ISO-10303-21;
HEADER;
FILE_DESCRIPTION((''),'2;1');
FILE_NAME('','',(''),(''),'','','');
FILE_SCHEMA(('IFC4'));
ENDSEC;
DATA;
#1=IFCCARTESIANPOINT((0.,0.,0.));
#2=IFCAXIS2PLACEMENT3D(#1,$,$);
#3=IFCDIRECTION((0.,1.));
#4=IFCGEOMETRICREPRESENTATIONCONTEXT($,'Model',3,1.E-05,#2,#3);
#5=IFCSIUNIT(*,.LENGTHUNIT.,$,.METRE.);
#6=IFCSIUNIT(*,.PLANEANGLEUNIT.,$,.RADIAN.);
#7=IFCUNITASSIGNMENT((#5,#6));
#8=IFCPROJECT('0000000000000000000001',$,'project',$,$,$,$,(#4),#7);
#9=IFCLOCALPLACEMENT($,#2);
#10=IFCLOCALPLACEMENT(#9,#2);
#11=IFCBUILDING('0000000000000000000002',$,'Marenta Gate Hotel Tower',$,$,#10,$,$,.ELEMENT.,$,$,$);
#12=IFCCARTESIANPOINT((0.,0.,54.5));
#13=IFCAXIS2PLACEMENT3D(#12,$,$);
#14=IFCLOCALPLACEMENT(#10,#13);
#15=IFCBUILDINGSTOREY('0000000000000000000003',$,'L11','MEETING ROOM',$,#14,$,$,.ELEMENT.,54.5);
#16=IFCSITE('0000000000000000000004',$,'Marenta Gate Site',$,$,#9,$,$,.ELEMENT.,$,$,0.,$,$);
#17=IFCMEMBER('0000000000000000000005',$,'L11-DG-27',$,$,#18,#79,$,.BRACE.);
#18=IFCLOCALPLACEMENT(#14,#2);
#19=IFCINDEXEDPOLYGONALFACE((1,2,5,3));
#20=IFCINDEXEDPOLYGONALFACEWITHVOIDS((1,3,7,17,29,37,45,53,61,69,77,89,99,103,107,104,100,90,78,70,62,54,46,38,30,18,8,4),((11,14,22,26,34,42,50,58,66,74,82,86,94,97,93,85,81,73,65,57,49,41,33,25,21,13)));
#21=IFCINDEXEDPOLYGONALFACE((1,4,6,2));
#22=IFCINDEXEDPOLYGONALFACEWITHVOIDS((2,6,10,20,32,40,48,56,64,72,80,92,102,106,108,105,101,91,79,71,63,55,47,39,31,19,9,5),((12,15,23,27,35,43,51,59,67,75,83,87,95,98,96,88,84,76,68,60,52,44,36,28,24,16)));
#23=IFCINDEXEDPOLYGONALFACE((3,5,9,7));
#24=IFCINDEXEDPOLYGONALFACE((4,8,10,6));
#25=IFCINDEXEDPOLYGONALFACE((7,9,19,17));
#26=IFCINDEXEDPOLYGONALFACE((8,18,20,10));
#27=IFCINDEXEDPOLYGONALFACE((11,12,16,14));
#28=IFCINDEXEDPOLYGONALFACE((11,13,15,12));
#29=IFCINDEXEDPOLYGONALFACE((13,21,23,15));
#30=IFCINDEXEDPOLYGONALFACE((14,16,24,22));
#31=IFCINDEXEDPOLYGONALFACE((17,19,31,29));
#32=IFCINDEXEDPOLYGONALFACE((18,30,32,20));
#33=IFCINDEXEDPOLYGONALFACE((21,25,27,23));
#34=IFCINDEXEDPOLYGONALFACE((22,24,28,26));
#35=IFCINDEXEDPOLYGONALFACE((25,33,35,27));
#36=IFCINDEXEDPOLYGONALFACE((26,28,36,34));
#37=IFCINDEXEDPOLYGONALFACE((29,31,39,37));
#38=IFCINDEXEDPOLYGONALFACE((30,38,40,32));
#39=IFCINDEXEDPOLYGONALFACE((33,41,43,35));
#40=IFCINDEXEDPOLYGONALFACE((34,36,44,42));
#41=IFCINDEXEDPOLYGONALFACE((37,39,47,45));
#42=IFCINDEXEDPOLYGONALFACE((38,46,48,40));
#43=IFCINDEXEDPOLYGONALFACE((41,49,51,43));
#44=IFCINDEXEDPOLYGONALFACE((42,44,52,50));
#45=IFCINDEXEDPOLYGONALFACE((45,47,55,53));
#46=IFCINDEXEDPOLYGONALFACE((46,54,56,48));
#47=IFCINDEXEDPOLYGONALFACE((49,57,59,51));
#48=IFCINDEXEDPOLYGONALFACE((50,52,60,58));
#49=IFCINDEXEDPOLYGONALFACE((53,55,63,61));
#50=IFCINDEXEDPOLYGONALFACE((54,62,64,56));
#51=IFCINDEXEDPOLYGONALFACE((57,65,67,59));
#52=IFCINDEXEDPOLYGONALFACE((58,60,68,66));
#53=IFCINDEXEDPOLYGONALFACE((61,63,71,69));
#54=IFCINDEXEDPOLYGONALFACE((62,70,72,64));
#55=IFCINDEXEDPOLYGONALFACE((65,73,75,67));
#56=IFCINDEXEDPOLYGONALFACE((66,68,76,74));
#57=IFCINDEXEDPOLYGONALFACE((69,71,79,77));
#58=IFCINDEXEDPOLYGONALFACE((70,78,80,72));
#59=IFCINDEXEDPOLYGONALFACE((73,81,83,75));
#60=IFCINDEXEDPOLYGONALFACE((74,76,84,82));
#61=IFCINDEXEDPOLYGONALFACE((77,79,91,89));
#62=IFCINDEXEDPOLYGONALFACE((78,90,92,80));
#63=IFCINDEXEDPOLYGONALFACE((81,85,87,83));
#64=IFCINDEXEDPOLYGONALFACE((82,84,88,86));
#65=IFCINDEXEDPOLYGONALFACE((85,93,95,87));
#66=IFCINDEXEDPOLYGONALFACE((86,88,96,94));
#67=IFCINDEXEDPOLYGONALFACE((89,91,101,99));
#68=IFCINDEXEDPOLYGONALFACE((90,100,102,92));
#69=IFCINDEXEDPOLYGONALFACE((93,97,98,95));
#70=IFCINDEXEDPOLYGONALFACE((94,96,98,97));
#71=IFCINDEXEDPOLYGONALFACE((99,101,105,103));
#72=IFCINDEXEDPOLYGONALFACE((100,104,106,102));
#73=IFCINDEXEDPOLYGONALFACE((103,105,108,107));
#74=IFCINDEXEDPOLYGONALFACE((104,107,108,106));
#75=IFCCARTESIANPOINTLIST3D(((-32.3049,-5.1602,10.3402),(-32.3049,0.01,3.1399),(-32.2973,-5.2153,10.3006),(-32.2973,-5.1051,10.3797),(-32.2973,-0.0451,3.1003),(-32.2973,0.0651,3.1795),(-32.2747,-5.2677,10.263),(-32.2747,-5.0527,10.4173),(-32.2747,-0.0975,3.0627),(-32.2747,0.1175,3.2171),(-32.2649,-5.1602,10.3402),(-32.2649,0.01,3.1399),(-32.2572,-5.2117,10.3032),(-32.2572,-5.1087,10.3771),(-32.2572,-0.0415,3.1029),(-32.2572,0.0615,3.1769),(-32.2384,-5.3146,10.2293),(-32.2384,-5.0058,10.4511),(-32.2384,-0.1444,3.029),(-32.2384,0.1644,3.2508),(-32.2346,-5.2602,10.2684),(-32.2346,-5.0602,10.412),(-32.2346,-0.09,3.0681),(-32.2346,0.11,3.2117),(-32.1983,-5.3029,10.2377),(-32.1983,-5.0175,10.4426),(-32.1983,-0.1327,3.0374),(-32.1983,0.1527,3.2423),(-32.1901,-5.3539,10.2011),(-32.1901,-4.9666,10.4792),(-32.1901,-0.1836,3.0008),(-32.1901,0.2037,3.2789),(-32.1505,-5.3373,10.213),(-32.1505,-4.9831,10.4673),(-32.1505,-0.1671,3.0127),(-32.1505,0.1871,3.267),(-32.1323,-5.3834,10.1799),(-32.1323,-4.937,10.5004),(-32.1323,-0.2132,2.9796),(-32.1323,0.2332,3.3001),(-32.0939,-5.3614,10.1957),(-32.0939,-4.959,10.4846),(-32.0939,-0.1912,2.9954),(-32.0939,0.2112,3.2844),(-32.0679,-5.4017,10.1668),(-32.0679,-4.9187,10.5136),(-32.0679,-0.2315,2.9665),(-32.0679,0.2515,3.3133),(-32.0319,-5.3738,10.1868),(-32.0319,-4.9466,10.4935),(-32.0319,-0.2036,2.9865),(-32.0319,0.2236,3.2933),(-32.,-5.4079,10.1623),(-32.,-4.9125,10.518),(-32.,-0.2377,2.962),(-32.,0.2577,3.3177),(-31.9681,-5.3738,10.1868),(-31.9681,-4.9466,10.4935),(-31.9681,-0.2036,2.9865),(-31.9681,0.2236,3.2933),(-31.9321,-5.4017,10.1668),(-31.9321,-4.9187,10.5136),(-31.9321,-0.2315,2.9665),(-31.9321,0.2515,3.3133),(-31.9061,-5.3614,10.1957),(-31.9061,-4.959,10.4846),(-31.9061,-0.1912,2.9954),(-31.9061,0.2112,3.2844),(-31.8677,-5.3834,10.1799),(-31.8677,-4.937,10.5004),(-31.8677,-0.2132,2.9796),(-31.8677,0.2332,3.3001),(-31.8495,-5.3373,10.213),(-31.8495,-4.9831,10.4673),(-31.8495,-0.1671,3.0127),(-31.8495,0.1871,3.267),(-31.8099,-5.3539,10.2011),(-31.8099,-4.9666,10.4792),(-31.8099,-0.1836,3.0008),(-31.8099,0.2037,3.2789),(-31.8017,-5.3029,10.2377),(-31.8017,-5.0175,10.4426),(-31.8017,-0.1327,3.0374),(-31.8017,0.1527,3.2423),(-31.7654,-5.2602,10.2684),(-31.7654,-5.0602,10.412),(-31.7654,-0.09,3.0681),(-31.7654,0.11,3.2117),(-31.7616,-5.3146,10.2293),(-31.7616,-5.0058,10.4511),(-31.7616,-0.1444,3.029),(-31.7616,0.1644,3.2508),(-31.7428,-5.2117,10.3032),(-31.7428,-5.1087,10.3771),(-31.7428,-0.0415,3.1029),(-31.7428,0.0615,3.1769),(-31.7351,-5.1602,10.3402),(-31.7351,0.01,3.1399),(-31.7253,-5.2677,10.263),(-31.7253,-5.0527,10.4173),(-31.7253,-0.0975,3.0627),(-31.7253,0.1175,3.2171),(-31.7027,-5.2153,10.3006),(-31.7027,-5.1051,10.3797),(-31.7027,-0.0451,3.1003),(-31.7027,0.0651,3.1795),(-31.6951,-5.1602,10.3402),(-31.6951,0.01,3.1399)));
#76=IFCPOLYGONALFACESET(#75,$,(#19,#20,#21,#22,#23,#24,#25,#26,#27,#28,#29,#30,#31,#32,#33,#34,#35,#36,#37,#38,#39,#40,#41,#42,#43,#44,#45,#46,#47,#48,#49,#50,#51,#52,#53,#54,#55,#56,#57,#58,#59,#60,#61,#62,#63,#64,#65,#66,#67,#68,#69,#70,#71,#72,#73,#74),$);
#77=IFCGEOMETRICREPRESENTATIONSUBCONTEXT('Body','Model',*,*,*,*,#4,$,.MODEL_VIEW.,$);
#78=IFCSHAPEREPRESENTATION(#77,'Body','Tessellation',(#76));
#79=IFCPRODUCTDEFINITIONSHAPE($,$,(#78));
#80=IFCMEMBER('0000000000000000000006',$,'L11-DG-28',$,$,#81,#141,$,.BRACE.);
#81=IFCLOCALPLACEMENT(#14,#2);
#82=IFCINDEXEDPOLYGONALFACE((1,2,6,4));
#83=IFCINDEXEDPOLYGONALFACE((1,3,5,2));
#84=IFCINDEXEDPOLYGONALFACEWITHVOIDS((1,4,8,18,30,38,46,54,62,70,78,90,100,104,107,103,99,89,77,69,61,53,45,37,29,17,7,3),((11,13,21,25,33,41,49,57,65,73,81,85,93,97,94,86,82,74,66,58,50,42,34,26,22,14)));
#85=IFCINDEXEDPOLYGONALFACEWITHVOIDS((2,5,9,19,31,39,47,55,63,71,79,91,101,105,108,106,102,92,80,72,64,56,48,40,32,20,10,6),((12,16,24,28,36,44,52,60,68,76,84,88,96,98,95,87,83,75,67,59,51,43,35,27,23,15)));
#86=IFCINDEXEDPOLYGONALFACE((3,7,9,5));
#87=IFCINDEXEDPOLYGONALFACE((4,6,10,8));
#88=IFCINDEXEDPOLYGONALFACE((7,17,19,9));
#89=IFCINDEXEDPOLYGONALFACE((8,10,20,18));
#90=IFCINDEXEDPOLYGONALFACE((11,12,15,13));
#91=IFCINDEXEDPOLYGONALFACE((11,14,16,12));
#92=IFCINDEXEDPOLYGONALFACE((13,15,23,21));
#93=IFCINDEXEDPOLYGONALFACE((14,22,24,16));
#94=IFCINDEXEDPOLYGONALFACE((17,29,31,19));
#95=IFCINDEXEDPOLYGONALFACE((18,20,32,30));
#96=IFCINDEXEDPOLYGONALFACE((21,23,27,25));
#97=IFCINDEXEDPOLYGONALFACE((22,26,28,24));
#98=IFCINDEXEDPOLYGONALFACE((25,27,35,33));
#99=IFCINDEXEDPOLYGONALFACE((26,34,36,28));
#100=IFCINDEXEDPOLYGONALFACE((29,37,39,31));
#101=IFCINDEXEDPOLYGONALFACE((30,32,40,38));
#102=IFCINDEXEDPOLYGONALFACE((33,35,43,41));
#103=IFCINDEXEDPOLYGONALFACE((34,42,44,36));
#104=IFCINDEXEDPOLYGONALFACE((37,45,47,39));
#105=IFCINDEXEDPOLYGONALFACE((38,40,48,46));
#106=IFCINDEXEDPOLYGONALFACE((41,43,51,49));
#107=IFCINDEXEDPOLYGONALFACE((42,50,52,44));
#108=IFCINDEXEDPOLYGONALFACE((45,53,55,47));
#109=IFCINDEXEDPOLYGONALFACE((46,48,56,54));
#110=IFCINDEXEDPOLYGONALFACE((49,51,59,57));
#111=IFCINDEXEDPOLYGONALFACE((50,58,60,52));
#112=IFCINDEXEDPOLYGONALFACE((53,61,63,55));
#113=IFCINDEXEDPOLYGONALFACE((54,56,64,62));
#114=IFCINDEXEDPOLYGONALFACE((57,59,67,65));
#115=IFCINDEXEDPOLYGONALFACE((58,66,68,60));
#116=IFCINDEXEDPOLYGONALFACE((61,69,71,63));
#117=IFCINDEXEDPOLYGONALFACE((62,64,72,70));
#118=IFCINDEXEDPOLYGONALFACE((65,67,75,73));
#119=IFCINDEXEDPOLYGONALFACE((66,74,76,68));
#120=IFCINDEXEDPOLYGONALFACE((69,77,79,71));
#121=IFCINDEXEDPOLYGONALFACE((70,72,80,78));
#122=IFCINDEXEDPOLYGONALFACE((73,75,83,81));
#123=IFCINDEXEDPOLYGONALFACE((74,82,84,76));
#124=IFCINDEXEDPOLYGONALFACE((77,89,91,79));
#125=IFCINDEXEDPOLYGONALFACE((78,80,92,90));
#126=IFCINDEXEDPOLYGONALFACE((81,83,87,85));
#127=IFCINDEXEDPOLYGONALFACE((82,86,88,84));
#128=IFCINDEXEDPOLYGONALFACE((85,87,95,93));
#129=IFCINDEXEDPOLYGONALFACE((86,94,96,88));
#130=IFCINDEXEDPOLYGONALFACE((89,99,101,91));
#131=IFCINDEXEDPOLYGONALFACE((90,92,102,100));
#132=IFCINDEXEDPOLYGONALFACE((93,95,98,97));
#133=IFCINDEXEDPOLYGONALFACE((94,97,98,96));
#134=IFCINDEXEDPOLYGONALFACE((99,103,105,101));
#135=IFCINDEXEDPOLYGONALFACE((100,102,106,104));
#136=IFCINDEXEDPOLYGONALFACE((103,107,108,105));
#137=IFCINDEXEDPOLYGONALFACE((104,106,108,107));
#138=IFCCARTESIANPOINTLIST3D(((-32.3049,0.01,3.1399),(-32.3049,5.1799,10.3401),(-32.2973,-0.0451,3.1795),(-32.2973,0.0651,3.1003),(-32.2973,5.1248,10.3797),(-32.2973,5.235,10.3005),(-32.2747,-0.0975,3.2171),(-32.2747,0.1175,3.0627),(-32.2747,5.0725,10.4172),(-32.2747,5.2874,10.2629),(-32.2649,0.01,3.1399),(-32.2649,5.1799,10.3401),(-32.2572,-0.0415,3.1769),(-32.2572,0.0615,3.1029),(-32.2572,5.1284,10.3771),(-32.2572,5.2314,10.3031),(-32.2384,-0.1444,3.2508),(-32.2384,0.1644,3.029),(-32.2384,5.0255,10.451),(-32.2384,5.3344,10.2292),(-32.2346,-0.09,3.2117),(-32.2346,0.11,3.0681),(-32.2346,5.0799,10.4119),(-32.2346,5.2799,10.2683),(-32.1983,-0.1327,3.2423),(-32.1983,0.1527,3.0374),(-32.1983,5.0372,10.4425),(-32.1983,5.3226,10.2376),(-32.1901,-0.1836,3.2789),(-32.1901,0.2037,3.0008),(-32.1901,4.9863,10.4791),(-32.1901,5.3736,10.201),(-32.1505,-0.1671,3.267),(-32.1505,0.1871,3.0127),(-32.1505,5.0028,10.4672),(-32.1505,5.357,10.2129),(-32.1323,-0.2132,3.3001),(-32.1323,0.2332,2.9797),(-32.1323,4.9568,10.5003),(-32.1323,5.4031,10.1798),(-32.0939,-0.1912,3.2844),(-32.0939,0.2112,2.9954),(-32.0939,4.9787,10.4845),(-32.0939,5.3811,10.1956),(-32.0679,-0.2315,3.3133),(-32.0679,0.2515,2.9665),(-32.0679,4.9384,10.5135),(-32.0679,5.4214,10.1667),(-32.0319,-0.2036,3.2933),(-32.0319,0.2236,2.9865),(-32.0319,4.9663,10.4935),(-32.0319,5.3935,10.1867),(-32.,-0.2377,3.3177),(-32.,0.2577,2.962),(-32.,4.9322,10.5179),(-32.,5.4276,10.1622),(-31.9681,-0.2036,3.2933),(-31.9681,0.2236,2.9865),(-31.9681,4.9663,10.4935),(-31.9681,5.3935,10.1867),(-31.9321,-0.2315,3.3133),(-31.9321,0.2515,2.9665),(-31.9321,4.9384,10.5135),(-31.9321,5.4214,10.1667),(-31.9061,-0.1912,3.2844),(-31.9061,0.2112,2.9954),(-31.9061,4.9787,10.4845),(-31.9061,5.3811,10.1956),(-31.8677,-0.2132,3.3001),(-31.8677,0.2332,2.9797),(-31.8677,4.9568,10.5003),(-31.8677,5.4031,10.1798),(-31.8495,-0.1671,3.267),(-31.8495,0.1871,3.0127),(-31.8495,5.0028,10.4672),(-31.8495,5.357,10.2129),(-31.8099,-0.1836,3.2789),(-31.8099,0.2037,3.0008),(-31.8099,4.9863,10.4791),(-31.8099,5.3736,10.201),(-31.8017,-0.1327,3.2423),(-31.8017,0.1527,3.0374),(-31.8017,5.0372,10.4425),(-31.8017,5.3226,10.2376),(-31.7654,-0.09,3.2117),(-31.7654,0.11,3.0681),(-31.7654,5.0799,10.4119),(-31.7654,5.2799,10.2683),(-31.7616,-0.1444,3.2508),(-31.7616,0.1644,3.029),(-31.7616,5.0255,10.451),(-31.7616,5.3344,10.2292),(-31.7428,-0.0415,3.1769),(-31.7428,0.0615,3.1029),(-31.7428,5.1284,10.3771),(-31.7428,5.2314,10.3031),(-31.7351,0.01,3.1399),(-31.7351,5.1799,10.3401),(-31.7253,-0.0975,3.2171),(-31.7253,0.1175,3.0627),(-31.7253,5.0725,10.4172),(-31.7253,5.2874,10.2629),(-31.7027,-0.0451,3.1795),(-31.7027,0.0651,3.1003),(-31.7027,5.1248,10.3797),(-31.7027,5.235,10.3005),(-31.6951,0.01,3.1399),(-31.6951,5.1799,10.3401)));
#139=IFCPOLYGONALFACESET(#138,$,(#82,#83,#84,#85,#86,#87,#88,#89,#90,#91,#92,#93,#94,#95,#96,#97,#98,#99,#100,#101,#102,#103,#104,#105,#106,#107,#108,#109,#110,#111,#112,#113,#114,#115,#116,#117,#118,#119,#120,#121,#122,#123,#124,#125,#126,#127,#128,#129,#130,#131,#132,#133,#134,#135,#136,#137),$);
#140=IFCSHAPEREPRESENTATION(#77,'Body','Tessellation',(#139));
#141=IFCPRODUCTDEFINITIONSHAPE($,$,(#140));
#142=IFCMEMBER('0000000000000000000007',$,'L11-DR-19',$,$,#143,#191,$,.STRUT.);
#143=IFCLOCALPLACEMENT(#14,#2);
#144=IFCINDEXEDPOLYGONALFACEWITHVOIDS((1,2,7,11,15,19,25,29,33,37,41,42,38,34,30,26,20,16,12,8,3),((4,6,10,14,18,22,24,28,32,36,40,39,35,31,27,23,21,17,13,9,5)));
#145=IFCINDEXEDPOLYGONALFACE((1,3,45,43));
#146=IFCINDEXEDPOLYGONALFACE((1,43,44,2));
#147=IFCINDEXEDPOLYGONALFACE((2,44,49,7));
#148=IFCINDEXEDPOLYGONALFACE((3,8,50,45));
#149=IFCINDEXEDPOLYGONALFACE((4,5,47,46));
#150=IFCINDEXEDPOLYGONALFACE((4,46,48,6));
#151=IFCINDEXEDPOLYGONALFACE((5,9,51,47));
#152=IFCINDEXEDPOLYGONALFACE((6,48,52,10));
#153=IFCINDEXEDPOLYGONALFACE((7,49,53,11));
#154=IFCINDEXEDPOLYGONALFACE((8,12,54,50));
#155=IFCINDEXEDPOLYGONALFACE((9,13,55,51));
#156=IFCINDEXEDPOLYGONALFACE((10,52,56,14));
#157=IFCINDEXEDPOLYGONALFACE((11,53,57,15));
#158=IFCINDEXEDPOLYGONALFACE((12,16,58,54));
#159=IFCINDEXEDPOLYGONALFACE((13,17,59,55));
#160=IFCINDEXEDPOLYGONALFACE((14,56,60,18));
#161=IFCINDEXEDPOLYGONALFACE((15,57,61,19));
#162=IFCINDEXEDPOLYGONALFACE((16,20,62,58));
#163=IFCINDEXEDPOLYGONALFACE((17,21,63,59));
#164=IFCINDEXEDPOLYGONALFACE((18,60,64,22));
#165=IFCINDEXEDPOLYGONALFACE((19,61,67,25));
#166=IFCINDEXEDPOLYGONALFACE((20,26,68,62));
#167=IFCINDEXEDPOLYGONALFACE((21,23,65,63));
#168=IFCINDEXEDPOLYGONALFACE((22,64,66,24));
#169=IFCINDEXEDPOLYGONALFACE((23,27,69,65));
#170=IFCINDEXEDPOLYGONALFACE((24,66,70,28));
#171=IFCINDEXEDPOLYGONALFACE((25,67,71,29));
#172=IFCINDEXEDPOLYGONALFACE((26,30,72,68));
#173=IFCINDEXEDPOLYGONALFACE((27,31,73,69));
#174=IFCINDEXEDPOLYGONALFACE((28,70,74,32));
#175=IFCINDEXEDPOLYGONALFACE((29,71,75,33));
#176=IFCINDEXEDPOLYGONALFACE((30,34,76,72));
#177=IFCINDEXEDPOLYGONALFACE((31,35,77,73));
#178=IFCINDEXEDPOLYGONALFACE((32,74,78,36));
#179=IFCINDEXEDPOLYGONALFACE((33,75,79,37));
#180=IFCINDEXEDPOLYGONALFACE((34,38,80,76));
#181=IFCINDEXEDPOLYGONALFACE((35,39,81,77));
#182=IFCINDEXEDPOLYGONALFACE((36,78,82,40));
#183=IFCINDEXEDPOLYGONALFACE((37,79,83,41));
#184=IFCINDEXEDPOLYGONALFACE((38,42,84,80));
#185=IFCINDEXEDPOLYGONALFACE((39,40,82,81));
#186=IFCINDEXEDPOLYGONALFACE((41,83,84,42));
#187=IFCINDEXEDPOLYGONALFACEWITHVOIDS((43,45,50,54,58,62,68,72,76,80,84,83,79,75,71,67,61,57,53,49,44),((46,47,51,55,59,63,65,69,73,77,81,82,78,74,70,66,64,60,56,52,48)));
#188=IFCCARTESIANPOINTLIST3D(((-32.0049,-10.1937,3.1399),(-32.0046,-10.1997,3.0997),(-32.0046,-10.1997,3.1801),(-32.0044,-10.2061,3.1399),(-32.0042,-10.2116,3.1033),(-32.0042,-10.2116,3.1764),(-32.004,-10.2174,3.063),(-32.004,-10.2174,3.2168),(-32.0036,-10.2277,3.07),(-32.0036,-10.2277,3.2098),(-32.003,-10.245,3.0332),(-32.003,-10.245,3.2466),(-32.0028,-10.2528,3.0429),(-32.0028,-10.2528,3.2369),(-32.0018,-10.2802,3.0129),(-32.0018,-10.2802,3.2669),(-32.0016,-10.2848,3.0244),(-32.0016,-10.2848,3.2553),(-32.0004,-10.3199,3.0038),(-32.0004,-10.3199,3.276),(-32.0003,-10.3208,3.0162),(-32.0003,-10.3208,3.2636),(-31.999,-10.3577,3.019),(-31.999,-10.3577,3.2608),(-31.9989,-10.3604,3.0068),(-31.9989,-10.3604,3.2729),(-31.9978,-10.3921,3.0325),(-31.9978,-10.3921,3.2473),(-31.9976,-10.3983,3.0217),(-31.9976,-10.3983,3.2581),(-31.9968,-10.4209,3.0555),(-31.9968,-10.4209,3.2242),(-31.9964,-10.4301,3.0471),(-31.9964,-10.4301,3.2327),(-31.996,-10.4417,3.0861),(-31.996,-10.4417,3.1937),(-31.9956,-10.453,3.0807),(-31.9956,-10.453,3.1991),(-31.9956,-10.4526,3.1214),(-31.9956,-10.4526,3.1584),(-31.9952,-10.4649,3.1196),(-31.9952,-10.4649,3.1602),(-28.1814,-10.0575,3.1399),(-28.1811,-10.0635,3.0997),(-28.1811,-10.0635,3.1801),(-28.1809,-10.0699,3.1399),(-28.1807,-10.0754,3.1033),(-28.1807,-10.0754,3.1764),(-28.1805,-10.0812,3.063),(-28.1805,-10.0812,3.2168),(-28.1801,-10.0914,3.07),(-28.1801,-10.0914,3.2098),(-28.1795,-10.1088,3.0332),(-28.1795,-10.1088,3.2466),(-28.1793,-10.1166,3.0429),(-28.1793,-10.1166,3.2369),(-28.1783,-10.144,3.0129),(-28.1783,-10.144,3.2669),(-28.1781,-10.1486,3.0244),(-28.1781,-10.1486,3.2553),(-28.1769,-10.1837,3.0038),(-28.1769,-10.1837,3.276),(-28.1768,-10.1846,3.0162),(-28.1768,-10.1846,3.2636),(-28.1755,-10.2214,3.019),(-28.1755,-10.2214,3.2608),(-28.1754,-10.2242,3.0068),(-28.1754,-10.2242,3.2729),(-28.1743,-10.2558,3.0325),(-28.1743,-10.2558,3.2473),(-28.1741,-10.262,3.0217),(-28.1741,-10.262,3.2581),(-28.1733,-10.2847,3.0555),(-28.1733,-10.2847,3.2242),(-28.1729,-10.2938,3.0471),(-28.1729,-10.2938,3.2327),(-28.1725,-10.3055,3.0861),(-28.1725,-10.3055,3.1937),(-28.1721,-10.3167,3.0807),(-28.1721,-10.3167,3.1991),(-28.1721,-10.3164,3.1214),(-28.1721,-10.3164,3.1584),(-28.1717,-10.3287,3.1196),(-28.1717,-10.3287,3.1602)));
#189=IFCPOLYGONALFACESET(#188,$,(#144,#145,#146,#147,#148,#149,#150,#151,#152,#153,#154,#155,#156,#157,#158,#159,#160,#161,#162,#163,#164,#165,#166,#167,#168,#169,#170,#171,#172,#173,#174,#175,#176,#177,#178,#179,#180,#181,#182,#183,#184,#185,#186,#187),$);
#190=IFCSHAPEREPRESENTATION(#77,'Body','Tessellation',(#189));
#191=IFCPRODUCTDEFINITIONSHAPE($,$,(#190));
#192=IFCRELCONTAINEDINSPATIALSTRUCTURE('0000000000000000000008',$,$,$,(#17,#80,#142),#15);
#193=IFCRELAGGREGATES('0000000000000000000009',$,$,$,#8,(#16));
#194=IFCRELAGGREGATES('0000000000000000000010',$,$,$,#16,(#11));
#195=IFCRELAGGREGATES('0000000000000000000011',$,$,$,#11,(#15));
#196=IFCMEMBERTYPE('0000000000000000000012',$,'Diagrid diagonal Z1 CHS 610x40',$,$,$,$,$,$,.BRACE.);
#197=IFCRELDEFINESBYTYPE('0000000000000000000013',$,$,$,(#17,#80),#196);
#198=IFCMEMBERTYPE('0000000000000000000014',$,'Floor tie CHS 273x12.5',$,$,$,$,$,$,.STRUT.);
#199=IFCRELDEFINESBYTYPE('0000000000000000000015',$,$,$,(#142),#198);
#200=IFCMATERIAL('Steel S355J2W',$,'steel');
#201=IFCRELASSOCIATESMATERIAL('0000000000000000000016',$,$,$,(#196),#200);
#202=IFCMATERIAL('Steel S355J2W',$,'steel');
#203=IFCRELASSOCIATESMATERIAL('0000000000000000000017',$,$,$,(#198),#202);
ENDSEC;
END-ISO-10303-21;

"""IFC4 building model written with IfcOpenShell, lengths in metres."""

from ifc_helpers import new_model, si_unit, direction, frame, origin, origin_2d, place, context, subcontext, project, spatial, hollow_circle, extrude, material, material_profile, profile_set, type_object, element, save


model = new_model("IFC4")

# Units and contexts
model_context = context("Model", 3, precision=1e-05, world=origin(), true_north=direction((0.0, 1.0)))
body_context = subcontext(model_context, "Body", "Model", "MODEL_VIEW")
ifc_project = project(units=[si_unit("LENGTHUNIT", "METRE"), si_unit("PLANEANGLEUNIT", "RADIAN")], contexts=[model_context])

# Site, building, storey
site_placement = place(None, origin())
site = spatial("IfcSite", under=ifc_project, at=site_placement, Name="Marenta Gate Site", CompositionType="ELEMENT", RefElevation=0.0)
building_placement = place(site_placement, origin())
building = spatial("IfcBuilding", under=site, at=building_placement, Name="Marenta Gate Hotel Tower", CompositionType="ELEMENT")
storey_placement = place(building_placement, frame((0.0, 0.0, 54.5)))
storey = spatial("IfcBuildingStorey", under=building, at=storey_placement, Name="L11", Description="MEETING ROOM", CompositionType="ELEMENT", Elevation=54.5)

# Members
ifc_material_1 = material(Name="Steel S355J2W", Category="steel")
ifc_material_profile_1 = material_profile(ifc_material_1, hollow_circle(Radius=0.3049, WallThickness=0.04, at=origin_2d()), Name="CHS 610x40")
ifc_profile_set_1 = profile_set([ifc_material_profile_1], Name="Steel S355J2W")
member_type_1 = type_object("IfcMemberType", Name="Diagrid diagonal Z1 CHS 610x40", PredefinedType="BRACE", material=ifc_profile_set_1)
member_1_placement = place(storey_placement, frame((-32.0, 0.01, 3.1399), z_axis=(0.0, -0.583266, 0.812281), x_axis=(1.0, 0.0, 0.0)))
element("IfcMember", 1, at=member_1_placement, inside=storey, type_object=member_type_1, Name="L11-DG-27", PredefinedType="BRACE", context=body_context, shape_type="SweptSolid", body=[
    extrude(hollow_circle(Radius=0.3049, WallThickness=0.04, at=origin_2d()), origin(), (0.0, 0.0, 1.0), 8.8643),
])
member_2_placement = place(storey_placement, frame((-32.0, 0.01, 3.1399), z_axis=(0.0, 0.583248, 0.812294), x_axis=(-1.0, 0.0, 0.0)))
element("IfcMember", 2, at=member_2_placement, inside=storey, type_object=member_type_1, Name="L11-DG-28", PredefinedType="BRACE", context=body_context, shape_type="SweptSolid", body=[
    extrude(hollow_circle(Radius=0.3049, WallThickness=0.04, at=origin_2d()), origin(), (0.0, 0.0, 1.0), 8.864),
])
ifc_material_2 = material(Name="Steel S355J2W", Category="steel")
ifc_material_profile_2 = material_profile(ifc_material_2, hollow_circle(Radius=0.1365, WallThickness=0.0125, at=origin_2d()), Name="CHS 273x12.5")
ifc_profile_set_2 = profile_set([ifc_material_profile_2], Name="Steel S355J2W")
member_type_2 = type_object("IfcMemberType", Name="Floor tie CHS 273x12.5", PredefinedType="STRUT", material=ifc_profile_set_2)
member_3_placement = place(storey_placement, frame((-32.0, -10.3301, 3.1399), z_axis=(0.999366, 0.035607, 0.0), x_axis=(-0.035607, 0.999366, 0.0)))
element("IfcMember", 3, at=member_3_placement, inside=storey, type_object=member_type_2, Name="L11-DR-19", PredefinedType="STRUT", context=body_context, shape_type="SweptSolid", body=[
    extrude(hollow_circle(Radius=0.1365, WallThickness=0.0125, at=origin_2d()), origin(), (0.0, 0.0, 1.0), 3.8259),
])

save(model, "model.ifc")
